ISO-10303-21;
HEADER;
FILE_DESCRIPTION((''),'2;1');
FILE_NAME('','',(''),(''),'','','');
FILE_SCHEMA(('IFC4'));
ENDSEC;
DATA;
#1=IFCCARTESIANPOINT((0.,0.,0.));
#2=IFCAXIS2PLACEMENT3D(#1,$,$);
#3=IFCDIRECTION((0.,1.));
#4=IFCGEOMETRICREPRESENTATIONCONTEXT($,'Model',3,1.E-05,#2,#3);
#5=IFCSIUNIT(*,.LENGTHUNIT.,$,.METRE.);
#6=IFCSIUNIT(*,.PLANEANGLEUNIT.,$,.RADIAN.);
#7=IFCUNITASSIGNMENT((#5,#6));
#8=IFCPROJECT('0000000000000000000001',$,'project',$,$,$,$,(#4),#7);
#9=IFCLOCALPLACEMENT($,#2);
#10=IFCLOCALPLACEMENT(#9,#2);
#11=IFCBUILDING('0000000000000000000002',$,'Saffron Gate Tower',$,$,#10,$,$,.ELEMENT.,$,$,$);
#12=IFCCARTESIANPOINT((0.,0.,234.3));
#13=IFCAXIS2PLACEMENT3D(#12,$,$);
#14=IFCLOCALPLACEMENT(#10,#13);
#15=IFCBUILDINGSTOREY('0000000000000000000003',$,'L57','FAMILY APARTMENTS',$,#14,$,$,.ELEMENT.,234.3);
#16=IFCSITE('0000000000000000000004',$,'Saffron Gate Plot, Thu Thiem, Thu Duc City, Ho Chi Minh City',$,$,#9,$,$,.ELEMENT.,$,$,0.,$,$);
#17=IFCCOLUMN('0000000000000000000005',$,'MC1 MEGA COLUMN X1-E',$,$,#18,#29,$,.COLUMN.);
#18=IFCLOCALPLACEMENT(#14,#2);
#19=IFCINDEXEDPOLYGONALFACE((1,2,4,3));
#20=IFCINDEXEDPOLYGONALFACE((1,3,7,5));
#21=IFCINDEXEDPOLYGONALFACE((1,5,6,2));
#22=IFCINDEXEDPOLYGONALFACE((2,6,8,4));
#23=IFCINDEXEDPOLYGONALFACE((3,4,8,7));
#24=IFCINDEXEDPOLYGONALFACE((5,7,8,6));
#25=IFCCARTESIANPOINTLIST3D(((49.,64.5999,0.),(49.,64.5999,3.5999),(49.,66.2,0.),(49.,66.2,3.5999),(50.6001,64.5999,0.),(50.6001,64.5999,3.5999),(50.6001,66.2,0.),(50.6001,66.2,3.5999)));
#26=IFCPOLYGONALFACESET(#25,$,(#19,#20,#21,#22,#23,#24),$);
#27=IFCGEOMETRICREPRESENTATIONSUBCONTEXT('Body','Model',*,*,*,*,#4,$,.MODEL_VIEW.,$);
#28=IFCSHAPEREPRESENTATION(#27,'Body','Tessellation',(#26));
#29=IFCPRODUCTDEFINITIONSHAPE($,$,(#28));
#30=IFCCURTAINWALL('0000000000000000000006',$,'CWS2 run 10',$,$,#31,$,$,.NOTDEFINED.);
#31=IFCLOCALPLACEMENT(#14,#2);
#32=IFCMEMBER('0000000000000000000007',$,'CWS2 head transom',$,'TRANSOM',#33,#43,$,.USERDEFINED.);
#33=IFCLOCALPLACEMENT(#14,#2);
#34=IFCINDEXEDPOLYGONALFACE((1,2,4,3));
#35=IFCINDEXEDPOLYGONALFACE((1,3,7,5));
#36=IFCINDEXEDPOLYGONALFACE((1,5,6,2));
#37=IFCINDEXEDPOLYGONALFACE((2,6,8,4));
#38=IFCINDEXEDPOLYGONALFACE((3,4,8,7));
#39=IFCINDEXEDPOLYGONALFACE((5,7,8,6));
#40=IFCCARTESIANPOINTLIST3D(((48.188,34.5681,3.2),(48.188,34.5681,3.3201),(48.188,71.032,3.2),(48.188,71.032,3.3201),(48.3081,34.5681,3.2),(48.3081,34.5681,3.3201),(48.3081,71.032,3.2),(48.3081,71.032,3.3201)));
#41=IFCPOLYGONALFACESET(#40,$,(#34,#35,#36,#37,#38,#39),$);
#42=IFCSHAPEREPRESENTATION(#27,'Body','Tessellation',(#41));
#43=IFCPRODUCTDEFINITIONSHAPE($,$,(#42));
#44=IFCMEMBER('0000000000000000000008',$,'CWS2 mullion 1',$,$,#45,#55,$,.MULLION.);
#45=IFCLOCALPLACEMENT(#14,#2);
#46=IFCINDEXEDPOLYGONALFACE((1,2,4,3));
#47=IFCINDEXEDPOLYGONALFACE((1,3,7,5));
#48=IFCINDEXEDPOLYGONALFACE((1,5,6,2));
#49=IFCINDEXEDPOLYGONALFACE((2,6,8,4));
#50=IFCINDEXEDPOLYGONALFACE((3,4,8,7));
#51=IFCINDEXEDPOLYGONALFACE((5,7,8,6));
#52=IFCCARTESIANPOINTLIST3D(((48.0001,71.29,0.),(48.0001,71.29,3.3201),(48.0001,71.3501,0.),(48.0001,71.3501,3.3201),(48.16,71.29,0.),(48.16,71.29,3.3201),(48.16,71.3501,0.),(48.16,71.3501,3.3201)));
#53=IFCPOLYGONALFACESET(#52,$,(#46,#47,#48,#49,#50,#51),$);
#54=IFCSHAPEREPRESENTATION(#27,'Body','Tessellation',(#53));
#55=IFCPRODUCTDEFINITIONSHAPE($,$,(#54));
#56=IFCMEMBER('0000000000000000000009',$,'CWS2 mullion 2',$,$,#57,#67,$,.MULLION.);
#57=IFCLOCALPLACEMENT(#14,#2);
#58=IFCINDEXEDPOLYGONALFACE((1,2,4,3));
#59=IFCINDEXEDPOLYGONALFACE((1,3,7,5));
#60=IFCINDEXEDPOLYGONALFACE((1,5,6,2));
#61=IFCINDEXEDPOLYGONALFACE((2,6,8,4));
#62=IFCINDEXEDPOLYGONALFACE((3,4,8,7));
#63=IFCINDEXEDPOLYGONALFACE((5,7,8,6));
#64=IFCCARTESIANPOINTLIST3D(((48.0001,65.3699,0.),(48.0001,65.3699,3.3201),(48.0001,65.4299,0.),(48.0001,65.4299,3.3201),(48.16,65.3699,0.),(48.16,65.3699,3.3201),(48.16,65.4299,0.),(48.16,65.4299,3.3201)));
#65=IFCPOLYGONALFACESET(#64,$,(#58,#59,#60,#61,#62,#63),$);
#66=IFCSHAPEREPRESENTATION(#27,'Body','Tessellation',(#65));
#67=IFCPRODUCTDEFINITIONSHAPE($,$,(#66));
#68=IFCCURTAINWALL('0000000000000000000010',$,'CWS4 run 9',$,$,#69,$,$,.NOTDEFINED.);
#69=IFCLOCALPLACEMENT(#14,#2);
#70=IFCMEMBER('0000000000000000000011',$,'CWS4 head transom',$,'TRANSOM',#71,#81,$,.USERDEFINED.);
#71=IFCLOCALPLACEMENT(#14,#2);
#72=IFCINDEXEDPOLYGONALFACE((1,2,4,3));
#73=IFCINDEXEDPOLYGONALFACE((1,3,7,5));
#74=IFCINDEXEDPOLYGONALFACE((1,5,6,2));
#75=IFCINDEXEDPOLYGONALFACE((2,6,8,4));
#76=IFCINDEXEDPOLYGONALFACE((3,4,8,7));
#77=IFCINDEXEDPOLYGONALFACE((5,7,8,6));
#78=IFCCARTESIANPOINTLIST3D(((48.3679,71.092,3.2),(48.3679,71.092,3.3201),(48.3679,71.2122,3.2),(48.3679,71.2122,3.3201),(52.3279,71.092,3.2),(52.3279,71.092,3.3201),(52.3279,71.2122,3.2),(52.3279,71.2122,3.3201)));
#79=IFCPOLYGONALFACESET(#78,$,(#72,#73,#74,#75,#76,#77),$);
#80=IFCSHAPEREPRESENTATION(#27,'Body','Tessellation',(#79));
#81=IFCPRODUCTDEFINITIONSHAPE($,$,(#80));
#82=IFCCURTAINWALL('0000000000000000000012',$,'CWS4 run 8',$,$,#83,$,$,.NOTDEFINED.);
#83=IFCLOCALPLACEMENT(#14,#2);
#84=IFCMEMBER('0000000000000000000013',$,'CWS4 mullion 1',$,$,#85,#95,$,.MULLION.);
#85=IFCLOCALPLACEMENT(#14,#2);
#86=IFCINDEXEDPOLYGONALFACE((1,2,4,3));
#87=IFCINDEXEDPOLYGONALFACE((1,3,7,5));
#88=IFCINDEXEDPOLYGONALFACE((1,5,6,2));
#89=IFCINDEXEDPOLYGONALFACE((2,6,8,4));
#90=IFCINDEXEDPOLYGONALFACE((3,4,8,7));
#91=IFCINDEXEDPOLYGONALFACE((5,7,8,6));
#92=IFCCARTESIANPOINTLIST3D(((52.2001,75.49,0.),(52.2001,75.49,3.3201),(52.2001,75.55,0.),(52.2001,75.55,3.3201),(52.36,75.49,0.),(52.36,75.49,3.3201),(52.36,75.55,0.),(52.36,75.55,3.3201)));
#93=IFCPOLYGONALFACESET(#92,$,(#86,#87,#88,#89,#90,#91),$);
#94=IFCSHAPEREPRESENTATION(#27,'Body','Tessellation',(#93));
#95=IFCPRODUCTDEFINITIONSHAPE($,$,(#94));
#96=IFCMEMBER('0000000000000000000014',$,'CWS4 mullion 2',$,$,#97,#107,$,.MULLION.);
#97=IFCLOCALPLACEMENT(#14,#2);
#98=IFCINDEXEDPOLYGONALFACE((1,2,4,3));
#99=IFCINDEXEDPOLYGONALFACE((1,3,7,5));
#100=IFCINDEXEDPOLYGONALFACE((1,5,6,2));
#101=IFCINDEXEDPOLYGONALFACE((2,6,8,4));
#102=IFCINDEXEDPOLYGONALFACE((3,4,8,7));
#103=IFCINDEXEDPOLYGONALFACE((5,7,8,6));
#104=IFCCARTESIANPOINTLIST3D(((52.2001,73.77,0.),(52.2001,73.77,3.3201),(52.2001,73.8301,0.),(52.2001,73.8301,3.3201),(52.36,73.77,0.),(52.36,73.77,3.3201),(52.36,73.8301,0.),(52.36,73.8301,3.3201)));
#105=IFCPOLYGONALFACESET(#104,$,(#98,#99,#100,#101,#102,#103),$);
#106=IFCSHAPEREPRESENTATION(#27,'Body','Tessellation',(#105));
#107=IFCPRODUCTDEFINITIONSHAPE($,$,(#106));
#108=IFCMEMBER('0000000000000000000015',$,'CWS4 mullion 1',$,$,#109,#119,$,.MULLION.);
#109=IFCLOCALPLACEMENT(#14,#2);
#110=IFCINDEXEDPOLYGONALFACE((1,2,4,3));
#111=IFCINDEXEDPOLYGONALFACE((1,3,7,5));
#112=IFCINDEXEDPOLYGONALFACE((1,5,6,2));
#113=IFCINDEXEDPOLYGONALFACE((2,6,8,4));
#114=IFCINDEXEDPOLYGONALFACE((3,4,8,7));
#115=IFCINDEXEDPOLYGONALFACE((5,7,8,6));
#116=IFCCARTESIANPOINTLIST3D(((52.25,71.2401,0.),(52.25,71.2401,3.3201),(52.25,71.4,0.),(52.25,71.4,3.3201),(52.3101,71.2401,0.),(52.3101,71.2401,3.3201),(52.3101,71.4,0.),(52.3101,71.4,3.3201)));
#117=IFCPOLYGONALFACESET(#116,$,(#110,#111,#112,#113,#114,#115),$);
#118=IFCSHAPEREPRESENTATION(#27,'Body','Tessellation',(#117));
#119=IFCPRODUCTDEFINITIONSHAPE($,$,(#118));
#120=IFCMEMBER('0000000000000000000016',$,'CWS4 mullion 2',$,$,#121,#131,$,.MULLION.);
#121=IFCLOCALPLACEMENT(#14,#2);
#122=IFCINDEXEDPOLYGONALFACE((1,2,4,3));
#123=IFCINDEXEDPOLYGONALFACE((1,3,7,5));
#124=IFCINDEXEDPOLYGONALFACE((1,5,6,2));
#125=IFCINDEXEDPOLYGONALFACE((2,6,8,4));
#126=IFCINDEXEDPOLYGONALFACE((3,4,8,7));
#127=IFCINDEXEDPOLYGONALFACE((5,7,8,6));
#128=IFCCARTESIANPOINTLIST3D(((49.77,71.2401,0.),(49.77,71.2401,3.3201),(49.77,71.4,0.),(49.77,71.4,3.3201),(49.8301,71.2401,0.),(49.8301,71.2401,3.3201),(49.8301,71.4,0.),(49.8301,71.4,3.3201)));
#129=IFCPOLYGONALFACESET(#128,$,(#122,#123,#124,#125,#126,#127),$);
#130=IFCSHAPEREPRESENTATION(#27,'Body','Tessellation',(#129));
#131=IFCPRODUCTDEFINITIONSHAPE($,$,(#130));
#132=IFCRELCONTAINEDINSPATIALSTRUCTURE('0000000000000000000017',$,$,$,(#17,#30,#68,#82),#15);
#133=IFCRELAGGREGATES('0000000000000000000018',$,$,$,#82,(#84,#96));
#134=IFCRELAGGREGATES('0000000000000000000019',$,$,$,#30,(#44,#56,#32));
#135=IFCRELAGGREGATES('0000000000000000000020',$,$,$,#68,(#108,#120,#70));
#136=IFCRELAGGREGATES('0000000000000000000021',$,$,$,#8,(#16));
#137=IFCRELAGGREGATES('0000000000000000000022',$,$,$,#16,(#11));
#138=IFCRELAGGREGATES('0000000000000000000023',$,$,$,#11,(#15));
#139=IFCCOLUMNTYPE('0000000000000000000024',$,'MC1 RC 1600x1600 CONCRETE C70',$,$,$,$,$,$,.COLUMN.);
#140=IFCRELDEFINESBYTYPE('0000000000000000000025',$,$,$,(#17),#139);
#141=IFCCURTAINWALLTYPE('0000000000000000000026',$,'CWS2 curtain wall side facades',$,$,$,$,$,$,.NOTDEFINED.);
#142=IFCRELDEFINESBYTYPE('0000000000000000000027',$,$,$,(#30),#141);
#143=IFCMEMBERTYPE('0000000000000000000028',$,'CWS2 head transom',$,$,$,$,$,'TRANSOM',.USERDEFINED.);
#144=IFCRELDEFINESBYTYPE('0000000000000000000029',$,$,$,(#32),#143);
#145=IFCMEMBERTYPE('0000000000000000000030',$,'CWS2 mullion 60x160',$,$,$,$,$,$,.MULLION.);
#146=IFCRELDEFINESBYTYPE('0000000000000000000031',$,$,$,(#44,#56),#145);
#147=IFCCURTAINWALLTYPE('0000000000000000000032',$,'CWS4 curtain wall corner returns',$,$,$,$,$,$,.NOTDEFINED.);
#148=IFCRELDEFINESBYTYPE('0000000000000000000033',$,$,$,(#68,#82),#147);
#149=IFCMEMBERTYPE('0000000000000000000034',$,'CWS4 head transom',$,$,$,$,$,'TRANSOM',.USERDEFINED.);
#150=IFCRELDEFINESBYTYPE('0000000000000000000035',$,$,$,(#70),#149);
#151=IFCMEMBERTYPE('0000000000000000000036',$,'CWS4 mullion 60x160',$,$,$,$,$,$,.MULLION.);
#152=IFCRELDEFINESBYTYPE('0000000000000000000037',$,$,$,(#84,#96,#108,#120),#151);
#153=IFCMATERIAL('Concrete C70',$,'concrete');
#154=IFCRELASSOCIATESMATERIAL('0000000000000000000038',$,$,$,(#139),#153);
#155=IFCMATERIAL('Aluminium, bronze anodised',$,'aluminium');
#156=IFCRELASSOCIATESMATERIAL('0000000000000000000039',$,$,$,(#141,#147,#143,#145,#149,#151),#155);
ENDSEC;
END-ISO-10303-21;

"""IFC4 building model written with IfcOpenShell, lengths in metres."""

from ifc_helpers import new_model, si_unit, direction, frame, origin, origin_2d, place, context, subcontext, project, spatial, rectangle, extrude, material, material_profile, profile_set, type_object, element, aggregate, save


model = new_model("IFC4")

# Units and contexts
model_context = context("Model", 3, precision=1e-05, world=origin(), true_north=direction((0.0, 1.0)))
body_context = subcontext(model_context, "Body", "Model", "MODEL_VIEW")
ifc_project = project(units=[si_unit("LENGTHUNIT", "METRE"), si_unit("PLANEANGLEUNIT", "RADIAN")], contexts=[model_context])

# Site, building, storey
site_placement = place(None, origin())
site = spatial("IfcSite", under=ifc_project, at=site_placement, Name="Saffron Gate Plot, Thu Thiem, Thu Duc City, Ho Chi Minh City", CompositionType="ELEMENT", RefElevation=0.0)
building_placement = place(site_placement, origin())
building = spatial("IfcBuilding", under=site, at=building_placement, Name="Saffron Gate Tower", CompositionType="ELEMENT")
storey_placement = place(building_placement, frame((0.0, 0.0, 234.3)))
storey = spatial("IfcBuildingStorey", under=building, at=storey_placement, Name="L57", Description="FAMILY APARTMENTS", CompositionType="ELEMENT", Elevation=234.3)

# Column
ifc_material_1 = material(Name="Concrete C70", Category="concrete")
ifc_material_profile_1 = material_profile(ifc_material_1, rectangle(XDim=1.6001, YDim=1.6001, at=origin_2d()))
ifc_profile_set_1 = profile_set([ifc_material_profile_1], Name="Concrete C70")
column_type = type_object("IfcColumnType", Name="MC1 RC 1600x1600 CONCRETE C70", PredefinedType="COLUMN", material=ifc_profile_set_1)
column_placement = place(storey_placement, frame((49.8, 65.3999, 0.0), z_axis=(0.0, 0.0, 1.0), x_axis=(1.0, 0.0, 0.0)))
element("IfcColumn", 1, at=column_placement, inside=storey, type_object=column_type, Name="MC1 MEGA COLUMN X1-E", PredefinedType="COLUMN", context=body_context, shape_type="SweptSolid", body=[
    extrude(rectangle(XDim=1.6001, YDim=1.6001, at=origin_2d()), origin(), (0.0, 0.0, 1.0), 3.5999),
])

# Curtain wall, members
ifc_material_2 = material(Name="Aluminium, bronze anodised", Category="aluminium")
curtain_wall_type_1 = type_object("IfcCurtainWallType", Name="CWS2 curtain wall side facades", PredefinedType="NOTDEFINED", material=ifc_material_2)
curtain_wall_1_placement = place(storey_placement, origin())
curtain_wall_1 = element("IfcCurtainWall", 2, at=curtain_wall_1_placement, inside=storey, type_object=curtain_wall_type_1, Name="CWS2 run 10", PredefinedType="NOTDEFINED")
ifc_material_profile_2 = material_profile(ifc_material_2, rectangle(XDim=0.1201, YDim=0.1201, at=origin_2d()))
ifc_profile_set_2 = profile_set([ifc_material_profile_2], Name="Aluminium, bronze anodised")
member_type_1 = type_object("IfcMemberType", Name="CWS2 head transom", ElementType="TRANSOM", PredefinedType="USERDEFINED", material=ifc_profile_set_2)
member_1_placement = place(storey_placement, frame((48.248, 71.032, 3.26), z_axis=(0.0, -1.0, 0.0), x_axis=(1.0, 0.0, 0.0)))
member_1 = element("IfcMember", 3, at=member_1_placement, type_object=member_type_1, Name="CWS2 head transom", ObjectType="TRANSOM", PredefinedType="USERDEFINED", context=body_context, shape_type="SweptSolid", body=[
    extrude(rectangle(XDim=0.1201, YDim=0.1201, at=origin_2d()), origin(), (0.0, 0.0, 1.0), 36.4639),
])
ifc_material_profile_3 = material_profile(ifc_material_2, rectangle(XDim=0.1599, YDim=0.0601, at=origin_2d()))
ifc_profile_set_3 = profile_set([ifc_material_profile_3], Name="Aluminium, bronze anodised")
member_type_2 = type_object("IfcMemberType", Name="CWS2 mullion 60x160", PredefinedType="MULLION", material=ifc_profile_set_3)
member_2_placement = place(storey_placement, frame((48.0801, 71.3201, 0.0), z_axis=(0.0, 0.0, 1.0), x_axis=(1.0, 0.0, 0.0)))
member_2 = element("IfcMember", 4, at=member_2_placement, type_object=member_type_2, Name="CWS2 mullion 1", PredefinedType="MULLION", context=body_context, shape_type="SweptSolid", body=[
    extrude(rectangle(XDim=0.1599, YDim=0.0601, at=origin_2d()), origin(), (0.0, 0.0, 1.0), 3.3201),
])
member_3_placement = place(storey_placement, frame((48.0801, 65.3999, 0.0), z_axis=(0.0, 0.0, 1.0), x_axis=(1.0, 0.0, 0.0)))
member_3 = element("IfcMember", 5, at=member_3_placement, type_object=member_type_2, Name="CWS2 mullion 2", PredefinedType="MULLION", context=body_context, shape_type="SweptSolid", body=[
    extrude(rectangle(XDim=0.1599, YDim=0.0601, at=origin_2d()), origin(), (0.0, 0.0, 1.0), 3.3201),
])

# Curtain wall, member
curtain_wall_type_2 = type_object("IfcCurtainWallType", Name="CWS4 curtain wall corner returns", PredefinedType="NOTDEFINED", material=ifc_material_2)
curtain_wall_2_placement = place(storey_placement, origin())
curtain_wall_2 = element("IfcCurtainWall", 6, at=curtain_wall_2_placement, inside=storey, type_object=curtain_wall_type_2, Name="CWS4 run 9", PredefinedType="NOTDEFINED")
ifc_material_profile_4 = material_profile(ifc_material_2, rectangle(XDim=0.1201, YDim=0.1201, at=origin_2d()))
ifc_profile_set_4 = profile_set([ifc_material_profile_4], Name="Aluminium, bronze anodised")
member_type_3 = type_object("IfcMemberType", Name="CWS4 head transom", ElementType="TRANSOM", PredefinedType="USERDEFINED", material=ifc_profile_set_4)
member_4_placement = place(storey_placement, frame((52.3279, 71.1521, 3.26), z_axis=(-1.0, 0.0, 0.0), x_axis=(0.0, -1.0, 0.0)))
member_4 = element("IfcMember", 7, at=member_4_placement, type_object=member_type_3, Name="CWS4 head transom", ObjectType="TRANSOM", PredefinedType="USERDEFINED", context=body_context, shape_type="SweptSolid", body=[
    extrude(rectangle(XDim=0.1201, YDim=0.1201, at=origin_2d()), origin(), (0.0, 0.0, 1.0), 3.96),
])

# Curtain wall, members
curtain_wall_3_placement = place(storey_placement, origin())
curtain_wall_3 = element("IfcCurtainWall", 8, at=curtain_wall_3_placement, inside=storey, type_object=curtain_wall_type_2, Name="CWS4 run 8", PredefinedType="NOTDEFINED")
ifc_material_profile_5 = material_profile(ifc_material_2, rectangle(XDim=0.1599, YDim=0.0601, at=origin_2d()))
ifc_profile_set_5 = profile_set([ifc_material_profile_5], Name="Aluminium, bronze anodised")
member_type_4 = type_object("IfcMemberType", Name="CWS4 mullion 60x160", PredefinedType="MULLION", material=ifc_profile_set_5)
member_5_placement = place(storey_placement, frame((52.28, 75.52, 0.0), z_axis=(0.0, 0.0, 1.0), x_axis=(1.0, 0.0, 0.0)))
member_5 = element("IfcMember", 9, at=member_5_placement, type_object=member_type_4, Name="CWS4 mullion 1", PredefinedType="MULLION", context=body_context, shape_type="SweptSolid", body=[
    extrude(rectangle(XDim=0.1599, YDim=0.0601, at=origin_2d()), origin(), (0.0, 0.0, 1.0), 3.3201),
])
member_6_placement = place(storey_placement, frame((52.28, 73.8, 0.0), z_axis=(0.0, 0.0, 1.0), x_axis=(1.0, 0.0, 0.0)))
member_6 = element("IfcMember", 10, at=member_6_placement, type_object=member_type_4, Name="CWS4 mullion 2", PredefinedType="MULLION", context=body_context, shape_type="SweptSolid", body=[
    extrude(rectangle(XDim=0.1599, YDim=0.0601, at=origin_2d()), origin(), (0.0, 0.0, 1.0), 3.3201),
])
aggregate(curtain_wall_3, [member_5, member_6])

# Members
member_7_placement = place(storey_placement, frame((52.28, 71.3201, 0.0), z_axis=(0.0, 0.0, 1.0), x_axis=(0.0, -1.0, 0.0)))
member_7 = element("IfcMember", 11, at=member_7_placement, type_object=member_type_4, Name="CWS4 mullion 1", PredefinedType="MULLION", context=body_context, shape_type="SweptSolid", body=[
    extrude(rectangle(XDim=0.1599, YDim=0.0601, at=origin_2d()), origin(), (0.0, 0.0, 1.0), 3.3201),
])
member_8_placement = place(storey_placement, frame((49.8, 71.3201, 0.0), z_axis=(0.0, 0.0, 1.0), x_axis=(0.0, -1.0, 0.0)))
member_8 = element("IfcMember", 12, at=member_8_placement, type_object=member_type_4, Name="CWS4 mullion 2", PredefinedType="MULLION", context=body_context, shape_type="SweptSolid", body=[
    extrude(rectangle(XDim=0.1599, YDim=0.0601, at=origin_2d()), origin(), (0.0, 0.0, 1.0), 3.3201),
])

aggregate(curtain_wall_1, [member_2, member_3, member_1])

aggregate(curtain_wall_2, [member_7, member_8, member_4])

save(model, "model.ifc")
